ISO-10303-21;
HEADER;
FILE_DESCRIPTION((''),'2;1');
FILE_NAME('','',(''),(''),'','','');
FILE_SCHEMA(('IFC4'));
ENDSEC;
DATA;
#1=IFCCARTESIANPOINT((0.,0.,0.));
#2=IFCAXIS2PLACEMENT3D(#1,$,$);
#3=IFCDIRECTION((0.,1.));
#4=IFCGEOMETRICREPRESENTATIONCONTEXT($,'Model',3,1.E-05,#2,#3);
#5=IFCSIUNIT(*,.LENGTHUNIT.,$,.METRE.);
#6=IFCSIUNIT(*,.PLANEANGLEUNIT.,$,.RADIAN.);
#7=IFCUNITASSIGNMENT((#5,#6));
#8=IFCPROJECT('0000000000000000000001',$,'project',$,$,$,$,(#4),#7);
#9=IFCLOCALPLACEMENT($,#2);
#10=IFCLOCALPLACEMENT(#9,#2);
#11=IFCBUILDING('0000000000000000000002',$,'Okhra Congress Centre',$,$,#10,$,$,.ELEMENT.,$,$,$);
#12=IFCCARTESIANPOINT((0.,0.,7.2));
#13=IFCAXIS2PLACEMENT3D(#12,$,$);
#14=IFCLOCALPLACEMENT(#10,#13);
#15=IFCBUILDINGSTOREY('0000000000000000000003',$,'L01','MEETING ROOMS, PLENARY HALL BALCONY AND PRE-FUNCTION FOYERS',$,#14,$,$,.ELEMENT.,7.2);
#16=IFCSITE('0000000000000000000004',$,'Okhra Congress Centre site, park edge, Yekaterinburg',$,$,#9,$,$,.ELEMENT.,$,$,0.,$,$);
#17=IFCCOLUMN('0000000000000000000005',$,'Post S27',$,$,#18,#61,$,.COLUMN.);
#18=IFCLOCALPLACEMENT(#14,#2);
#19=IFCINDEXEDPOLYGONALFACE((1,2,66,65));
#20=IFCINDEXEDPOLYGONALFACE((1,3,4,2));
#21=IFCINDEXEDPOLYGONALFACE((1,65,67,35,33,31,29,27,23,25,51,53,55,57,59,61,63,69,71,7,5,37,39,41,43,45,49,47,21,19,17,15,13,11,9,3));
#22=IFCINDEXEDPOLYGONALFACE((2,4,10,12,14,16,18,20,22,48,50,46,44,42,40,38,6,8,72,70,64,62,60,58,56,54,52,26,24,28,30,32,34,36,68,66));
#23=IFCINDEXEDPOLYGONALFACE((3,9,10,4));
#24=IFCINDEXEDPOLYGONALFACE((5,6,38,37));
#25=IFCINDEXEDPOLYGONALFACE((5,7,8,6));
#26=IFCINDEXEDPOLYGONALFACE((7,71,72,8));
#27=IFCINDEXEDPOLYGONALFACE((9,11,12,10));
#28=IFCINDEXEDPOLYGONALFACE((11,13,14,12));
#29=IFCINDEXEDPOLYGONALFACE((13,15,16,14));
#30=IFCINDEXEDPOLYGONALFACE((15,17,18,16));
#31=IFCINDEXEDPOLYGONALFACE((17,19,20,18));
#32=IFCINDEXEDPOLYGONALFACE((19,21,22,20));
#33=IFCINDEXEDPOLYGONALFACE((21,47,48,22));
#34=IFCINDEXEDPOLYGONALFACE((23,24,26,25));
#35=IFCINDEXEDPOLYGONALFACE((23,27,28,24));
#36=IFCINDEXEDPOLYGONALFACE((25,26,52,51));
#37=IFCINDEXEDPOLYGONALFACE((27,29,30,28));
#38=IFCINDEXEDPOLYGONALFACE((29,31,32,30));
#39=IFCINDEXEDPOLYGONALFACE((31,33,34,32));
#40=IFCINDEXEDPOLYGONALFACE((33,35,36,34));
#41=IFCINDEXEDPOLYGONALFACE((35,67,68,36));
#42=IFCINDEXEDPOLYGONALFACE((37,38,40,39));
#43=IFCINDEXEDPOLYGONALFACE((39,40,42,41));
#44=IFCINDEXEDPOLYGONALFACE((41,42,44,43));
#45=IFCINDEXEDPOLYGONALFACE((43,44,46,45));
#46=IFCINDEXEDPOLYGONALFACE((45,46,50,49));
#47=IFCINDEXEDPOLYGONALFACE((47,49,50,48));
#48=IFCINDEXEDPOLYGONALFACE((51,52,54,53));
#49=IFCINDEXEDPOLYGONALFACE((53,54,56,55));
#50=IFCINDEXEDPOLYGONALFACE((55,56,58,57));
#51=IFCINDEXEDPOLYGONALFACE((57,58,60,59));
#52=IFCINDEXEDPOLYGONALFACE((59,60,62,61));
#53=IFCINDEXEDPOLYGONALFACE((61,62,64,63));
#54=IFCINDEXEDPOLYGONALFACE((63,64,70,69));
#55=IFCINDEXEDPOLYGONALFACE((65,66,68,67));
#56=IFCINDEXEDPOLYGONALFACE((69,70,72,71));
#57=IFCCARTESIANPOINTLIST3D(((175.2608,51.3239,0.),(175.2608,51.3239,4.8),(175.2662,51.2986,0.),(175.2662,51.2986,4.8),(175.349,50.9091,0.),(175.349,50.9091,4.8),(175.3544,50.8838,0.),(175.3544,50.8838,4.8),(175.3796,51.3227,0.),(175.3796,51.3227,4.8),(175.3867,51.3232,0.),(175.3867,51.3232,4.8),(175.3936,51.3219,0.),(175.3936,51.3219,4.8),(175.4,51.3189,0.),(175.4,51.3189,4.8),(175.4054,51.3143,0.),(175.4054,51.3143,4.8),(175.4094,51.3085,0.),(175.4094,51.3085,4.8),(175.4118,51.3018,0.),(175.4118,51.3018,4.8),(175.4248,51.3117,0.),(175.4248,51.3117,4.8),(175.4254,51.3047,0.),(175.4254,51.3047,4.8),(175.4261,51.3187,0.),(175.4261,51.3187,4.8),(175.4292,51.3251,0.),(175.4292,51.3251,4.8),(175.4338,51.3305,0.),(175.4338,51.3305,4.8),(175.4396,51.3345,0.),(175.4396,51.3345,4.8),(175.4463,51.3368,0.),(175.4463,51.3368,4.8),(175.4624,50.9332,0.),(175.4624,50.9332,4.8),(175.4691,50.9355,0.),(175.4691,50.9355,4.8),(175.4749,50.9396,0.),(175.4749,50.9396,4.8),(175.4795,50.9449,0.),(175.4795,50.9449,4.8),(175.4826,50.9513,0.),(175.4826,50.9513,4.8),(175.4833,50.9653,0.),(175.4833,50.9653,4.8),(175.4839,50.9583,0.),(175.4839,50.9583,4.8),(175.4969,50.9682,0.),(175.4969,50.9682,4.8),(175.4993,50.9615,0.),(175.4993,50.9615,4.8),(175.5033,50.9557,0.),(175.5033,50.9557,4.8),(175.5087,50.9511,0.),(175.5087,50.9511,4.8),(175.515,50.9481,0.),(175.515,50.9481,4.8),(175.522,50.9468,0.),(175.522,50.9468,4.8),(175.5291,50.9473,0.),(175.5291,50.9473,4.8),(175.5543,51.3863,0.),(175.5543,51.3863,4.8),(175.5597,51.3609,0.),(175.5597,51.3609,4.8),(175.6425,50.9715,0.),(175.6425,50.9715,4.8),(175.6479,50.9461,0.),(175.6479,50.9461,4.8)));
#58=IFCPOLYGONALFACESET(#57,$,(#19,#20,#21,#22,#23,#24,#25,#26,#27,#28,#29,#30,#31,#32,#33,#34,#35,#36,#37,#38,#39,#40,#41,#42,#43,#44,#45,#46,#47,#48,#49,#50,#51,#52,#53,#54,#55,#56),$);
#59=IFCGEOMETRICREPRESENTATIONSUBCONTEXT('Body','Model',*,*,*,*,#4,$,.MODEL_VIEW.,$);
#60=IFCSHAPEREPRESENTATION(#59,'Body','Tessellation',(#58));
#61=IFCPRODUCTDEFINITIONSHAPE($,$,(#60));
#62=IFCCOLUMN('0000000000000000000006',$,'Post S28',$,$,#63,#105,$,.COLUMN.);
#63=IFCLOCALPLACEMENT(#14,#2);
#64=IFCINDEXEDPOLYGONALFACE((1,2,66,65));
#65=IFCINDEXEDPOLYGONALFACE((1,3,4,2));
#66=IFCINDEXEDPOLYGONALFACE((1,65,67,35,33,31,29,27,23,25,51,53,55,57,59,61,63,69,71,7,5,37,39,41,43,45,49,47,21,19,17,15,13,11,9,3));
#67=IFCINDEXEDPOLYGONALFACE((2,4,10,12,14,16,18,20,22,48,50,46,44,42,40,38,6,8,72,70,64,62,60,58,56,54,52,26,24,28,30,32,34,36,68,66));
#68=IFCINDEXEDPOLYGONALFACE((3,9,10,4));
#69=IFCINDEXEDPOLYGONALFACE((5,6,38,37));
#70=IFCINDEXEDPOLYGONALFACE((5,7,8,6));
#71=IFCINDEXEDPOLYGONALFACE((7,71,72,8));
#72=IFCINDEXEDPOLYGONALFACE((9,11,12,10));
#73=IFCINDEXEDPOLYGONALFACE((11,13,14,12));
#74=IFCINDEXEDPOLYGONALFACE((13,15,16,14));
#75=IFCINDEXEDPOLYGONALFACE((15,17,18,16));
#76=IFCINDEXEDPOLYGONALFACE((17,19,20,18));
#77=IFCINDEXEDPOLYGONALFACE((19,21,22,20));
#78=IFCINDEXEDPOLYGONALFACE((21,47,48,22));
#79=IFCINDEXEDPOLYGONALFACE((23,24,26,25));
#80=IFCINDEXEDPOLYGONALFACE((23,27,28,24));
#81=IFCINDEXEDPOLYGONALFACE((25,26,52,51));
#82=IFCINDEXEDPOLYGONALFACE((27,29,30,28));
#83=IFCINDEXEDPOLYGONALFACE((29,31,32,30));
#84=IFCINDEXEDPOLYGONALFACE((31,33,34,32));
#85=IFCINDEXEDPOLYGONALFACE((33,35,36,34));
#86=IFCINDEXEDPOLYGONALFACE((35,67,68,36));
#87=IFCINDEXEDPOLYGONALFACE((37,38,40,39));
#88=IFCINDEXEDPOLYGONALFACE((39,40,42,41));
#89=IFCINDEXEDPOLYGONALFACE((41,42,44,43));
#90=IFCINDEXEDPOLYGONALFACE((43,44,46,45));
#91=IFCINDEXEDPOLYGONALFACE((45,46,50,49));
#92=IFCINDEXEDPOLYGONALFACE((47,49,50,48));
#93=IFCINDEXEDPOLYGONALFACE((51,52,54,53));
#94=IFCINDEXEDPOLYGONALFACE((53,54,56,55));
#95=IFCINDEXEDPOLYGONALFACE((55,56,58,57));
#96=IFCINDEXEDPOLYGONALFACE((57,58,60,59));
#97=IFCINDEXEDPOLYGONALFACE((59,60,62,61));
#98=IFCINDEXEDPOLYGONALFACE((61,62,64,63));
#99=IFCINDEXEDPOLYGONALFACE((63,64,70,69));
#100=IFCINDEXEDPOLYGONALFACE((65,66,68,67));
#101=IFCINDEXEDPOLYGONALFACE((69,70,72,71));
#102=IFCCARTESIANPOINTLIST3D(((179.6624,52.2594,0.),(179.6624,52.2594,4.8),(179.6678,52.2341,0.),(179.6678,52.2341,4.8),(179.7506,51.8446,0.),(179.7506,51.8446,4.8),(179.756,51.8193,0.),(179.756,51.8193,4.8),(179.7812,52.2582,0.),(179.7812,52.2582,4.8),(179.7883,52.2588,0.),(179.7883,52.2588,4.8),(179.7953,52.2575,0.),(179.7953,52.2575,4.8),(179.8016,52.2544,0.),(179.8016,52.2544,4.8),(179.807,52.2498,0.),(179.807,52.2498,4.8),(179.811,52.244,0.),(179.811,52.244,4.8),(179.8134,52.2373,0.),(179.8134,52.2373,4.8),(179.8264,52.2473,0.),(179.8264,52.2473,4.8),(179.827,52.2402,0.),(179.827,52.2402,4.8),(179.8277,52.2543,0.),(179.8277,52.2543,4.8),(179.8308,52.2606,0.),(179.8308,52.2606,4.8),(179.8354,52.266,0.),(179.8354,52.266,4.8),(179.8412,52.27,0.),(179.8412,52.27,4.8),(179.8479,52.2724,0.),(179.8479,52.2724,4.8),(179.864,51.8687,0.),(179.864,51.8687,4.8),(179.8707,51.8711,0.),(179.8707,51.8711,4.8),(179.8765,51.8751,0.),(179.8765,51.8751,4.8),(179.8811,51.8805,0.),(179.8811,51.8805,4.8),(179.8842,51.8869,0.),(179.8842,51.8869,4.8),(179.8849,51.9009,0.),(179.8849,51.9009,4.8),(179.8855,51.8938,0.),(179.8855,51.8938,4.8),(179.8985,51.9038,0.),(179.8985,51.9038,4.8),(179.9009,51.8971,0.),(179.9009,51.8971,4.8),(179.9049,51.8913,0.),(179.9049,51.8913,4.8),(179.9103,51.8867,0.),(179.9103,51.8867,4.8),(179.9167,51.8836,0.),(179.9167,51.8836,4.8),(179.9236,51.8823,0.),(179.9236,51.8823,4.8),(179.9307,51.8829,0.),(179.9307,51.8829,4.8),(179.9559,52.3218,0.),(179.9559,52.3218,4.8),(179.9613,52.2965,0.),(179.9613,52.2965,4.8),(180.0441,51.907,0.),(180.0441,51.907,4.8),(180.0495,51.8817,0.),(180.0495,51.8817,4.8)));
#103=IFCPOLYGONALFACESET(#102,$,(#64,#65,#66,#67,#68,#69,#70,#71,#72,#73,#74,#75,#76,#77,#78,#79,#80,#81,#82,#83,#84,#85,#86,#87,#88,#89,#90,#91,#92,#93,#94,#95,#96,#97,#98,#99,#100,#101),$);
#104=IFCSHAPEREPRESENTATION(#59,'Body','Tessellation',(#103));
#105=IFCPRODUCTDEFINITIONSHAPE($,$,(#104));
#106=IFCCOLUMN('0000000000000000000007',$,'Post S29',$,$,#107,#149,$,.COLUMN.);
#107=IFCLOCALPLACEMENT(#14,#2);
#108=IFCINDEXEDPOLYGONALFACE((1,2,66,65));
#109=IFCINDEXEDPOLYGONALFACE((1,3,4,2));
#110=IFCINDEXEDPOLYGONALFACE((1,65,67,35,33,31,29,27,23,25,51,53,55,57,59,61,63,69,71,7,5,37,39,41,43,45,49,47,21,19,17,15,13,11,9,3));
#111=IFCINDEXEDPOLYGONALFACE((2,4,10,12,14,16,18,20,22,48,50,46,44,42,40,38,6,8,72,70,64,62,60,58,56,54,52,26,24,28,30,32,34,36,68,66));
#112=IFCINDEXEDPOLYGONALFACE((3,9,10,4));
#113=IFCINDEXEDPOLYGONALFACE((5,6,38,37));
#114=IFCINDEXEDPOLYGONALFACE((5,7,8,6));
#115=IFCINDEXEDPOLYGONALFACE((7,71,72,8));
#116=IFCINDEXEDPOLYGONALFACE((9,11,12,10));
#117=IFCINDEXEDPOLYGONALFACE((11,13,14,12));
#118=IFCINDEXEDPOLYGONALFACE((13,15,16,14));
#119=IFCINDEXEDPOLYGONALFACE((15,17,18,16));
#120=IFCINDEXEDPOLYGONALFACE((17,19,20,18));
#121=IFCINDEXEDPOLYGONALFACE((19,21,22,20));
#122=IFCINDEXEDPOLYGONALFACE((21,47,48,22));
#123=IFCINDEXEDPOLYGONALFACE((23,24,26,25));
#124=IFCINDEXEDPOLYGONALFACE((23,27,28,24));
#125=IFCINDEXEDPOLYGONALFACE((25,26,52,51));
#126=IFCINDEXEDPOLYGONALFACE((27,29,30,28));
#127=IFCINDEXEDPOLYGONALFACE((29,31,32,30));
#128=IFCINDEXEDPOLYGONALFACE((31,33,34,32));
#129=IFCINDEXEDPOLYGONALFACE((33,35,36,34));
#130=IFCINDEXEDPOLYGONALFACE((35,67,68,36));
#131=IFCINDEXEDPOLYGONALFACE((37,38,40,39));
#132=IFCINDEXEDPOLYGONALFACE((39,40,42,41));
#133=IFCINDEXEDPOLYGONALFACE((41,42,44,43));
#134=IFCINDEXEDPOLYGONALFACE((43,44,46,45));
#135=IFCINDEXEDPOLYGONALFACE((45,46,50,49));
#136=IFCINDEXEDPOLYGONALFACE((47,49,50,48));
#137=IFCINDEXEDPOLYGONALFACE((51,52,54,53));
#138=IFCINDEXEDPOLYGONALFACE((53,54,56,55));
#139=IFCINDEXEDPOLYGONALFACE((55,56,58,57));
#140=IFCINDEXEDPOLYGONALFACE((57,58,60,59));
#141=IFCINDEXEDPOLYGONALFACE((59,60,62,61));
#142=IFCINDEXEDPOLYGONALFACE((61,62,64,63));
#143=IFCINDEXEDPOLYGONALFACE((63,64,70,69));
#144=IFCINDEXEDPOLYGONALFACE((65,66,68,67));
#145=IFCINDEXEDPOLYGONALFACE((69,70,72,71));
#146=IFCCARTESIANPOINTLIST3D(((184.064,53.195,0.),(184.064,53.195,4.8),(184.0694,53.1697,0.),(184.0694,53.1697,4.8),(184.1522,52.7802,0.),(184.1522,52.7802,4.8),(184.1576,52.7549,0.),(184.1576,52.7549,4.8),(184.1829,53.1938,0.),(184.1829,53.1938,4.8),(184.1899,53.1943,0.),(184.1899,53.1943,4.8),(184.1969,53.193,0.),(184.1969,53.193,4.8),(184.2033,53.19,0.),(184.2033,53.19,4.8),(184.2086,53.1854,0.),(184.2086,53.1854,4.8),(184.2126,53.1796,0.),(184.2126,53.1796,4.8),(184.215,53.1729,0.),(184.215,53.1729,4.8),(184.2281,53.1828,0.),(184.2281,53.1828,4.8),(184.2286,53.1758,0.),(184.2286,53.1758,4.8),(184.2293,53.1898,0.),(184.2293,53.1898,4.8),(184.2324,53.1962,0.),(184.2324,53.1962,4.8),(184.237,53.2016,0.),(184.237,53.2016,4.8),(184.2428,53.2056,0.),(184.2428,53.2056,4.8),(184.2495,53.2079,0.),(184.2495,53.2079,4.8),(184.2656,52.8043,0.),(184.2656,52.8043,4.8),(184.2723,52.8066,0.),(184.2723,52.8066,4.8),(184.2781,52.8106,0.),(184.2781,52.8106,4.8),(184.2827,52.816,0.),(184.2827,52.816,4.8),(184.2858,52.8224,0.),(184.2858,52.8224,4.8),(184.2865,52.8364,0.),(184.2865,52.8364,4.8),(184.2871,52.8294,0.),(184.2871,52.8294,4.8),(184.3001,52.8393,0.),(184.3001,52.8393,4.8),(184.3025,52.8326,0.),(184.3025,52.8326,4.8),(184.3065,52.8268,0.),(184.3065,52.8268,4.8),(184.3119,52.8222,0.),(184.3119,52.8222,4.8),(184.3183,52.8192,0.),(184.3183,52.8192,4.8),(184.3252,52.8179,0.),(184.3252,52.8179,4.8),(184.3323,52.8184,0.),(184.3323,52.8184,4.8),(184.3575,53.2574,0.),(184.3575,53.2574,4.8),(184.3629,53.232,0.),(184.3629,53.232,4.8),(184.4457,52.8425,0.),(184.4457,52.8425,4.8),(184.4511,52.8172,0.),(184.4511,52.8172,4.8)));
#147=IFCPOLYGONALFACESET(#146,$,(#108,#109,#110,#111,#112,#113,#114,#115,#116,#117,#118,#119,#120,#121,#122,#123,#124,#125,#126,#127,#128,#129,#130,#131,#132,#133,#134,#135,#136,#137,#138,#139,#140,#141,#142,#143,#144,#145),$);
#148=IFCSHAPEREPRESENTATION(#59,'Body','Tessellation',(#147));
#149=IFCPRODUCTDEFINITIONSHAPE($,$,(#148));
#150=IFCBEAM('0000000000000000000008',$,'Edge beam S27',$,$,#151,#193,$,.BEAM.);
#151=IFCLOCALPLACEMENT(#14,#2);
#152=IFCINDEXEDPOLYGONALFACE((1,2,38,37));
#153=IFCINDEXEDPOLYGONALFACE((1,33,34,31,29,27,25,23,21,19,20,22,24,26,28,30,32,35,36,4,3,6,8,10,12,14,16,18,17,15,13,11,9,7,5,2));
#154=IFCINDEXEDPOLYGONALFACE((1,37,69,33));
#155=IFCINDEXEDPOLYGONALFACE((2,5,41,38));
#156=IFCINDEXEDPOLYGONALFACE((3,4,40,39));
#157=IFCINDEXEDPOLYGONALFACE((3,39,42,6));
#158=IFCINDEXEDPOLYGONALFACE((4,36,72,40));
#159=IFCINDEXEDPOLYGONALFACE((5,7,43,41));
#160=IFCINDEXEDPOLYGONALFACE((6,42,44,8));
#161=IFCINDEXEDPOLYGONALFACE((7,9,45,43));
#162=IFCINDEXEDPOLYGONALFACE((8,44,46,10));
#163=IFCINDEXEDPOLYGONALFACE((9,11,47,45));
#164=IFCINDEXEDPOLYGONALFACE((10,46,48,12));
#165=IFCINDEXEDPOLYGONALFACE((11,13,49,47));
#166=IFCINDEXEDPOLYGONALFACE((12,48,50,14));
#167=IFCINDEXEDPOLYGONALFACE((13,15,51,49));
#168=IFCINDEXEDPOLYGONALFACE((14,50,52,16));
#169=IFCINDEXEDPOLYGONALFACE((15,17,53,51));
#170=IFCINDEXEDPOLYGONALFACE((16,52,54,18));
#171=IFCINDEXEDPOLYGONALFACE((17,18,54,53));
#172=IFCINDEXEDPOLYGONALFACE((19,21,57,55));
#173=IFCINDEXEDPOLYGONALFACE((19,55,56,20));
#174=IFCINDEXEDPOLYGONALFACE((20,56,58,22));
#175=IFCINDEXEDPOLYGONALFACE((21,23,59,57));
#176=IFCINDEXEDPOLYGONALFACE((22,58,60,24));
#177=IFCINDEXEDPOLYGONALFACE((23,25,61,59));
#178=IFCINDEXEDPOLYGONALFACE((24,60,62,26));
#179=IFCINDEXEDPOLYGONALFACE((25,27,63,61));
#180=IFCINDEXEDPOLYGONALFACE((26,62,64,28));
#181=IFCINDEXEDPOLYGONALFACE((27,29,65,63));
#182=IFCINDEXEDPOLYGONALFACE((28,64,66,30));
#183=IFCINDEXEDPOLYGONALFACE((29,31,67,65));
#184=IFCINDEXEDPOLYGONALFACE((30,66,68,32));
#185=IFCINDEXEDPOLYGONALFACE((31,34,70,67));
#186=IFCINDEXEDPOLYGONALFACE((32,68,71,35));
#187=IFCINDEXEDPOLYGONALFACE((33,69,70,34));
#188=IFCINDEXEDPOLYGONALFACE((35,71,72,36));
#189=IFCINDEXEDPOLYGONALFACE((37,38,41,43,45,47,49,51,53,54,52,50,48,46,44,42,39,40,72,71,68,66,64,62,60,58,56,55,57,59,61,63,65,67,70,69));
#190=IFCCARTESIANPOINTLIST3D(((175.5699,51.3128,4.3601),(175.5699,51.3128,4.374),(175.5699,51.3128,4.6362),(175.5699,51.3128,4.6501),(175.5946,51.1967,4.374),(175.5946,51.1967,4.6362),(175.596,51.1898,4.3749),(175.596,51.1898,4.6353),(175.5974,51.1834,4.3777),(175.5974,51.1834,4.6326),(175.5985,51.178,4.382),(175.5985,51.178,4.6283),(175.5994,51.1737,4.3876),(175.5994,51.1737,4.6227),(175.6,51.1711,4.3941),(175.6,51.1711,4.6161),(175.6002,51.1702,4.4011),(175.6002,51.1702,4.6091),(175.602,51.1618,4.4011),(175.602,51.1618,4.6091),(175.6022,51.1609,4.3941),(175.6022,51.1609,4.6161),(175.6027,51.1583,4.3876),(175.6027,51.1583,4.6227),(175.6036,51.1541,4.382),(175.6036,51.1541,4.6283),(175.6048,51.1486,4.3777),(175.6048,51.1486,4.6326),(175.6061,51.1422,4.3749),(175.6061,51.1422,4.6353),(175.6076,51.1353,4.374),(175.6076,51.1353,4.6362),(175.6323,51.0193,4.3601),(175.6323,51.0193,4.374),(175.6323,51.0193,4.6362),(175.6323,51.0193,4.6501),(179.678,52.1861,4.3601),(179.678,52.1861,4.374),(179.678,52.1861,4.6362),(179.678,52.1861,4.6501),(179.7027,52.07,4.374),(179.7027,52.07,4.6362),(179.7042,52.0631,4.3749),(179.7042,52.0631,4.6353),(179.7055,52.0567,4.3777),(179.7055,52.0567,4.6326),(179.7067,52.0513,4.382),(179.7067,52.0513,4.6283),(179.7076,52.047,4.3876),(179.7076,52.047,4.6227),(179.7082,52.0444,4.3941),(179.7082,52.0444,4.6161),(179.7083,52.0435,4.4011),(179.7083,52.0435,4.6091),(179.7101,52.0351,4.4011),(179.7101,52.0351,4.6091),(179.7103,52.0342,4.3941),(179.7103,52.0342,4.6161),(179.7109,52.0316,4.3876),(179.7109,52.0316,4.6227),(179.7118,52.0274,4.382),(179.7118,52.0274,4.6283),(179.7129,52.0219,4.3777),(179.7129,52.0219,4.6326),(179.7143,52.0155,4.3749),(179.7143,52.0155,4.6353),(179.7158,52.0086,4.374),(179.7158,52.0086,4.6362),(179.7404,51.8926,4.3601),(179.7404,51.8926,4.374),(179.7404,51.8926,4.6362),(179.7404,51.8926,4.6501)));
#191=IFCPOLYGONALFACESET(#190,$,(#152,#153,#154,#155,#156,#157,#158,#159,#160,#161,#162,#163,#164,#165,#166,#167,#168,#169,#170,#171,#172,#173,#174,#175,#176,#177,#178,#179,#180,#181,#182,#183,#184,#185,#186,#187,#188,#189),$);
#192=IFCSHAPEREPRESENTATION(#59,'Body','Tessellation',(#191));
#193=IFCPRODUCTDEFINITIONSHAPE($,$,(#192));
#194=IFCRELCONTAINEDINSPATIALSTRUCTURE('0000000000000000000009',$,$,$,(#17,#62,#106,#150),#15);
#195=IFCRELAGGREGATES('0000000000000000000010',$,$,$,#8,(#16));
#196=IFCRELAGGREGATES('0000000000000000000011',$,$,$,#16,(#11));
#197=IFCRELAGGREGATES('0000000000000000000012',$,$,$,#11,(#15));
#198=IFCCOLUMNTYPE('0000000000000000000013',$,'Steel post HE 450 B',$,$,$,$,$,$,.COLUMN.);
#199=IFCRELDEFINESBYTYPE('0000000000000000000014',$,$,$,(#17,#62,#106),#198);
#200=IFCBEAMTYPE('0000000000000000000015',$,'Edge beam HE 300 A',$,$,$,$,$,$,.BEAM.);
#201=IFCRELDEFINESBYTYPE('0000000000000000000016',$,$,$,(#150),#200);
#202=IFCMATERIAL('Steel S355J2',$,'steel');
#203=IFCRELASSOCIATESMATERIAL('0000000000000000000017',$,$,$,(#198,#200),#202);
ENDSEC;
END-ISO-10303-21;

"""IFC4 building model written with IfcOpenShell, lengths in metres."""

from ifc_helpers import new_model, si_unit, direction, frame, origin, origin_2d, place, context, subcontext, project, spatial, i_section, extrude, material, material_profile, profile_set, type_object, element, save


model = new_model("IFC4")

# Units and contexts
model_context = context("Model", 3, precision=1e-05, world=origin(), true_north=direction((0.0, 1.0)))
body_context = subcontext(model_context, "Body", "Model", "MODEL_VIEW")
ifc_project = project(units=[si_unit("LENGTHUNIT", "METRE"), si_unit("PLANEANGLEUNIT", "RADIAN")], contexts=[model_context])

# Site, building, storey
site_placement = place(None, origin())
site = spatial("IfcSite", under=ifc_project, at=site_placement, Name="Okhra Congress Centre site, park edge, Yekaterinburg", CompositionType="ELEMENT", RefElevation=0.0)
building_placement = place(site_placement, origin())
building = spatial("IfcBuilding", under=site, at=building_placement, Name="Okhra Congress Centre", CompositionType="ELEMENT")
storey_placement = place(building_placement, frame((0.0, 0.0, 7.2)))
storey = spatial("IfcBuildingStorey", under=building, at=storey_placement, Name="L01", Description="MEETING ROOMS, PLENARY HALL BALCONY AND PRE-FUNCTION FOYERS", CompositionType="ELEMENT", Elevation=7.2)

# Columns
ifc_material_1 = material(Name="Steel S355J2", Category="steel")
ifc_material_profile_1 = material_profile(ifc_material_1, i_section(OverallWidth=0.3, OverallDepth=0.45, WebThickness=0.0139, FlangeThickness=0.0259, FilletRadius=0.0271, at=origin_2d()), Name="HE 450 B")
ifc_profile_set_1 = profile_set([ifc_material_profile_1], Name="Steel S355J2")
column_type = type_object("IfcColumnType", Name="Steel post HE 450 B", PredefinedType="COLUMN", material=ifc_profile_set_1)
for number, where, z_axis, x_axis, name in (
    (1, (175.4543, 51.135, 0.0), (0.0, 0.0, 1.0), (0.978148, 0.207912, 0.0), "Post S27"),
    (2, (179.856, 52.0706, 0.0), (0.0, 0.0, 1.0), (0.978148, 0.207912, 0.0), "Post S28"),
    (3, (184.2576, 53.0061, 0.0), (0.0, 0.0, 1.0), (0.978148, 0.207912, 0.0), "Post S29"),
):
    element("IfcColumn", number, at=place(storey_placement, frame(where, z_axis=z_axis, x_axis=x_axis)), inside=storey, type_object=column_type, Name=name, PredefinedType="COLUMN", context=body_context, shape_type="SweptSolid", body=[
        extrude(i_section(OverallWidth=0.3, OverallDepth=0.45, WebThickness=0.0139, FlangeThickness=0.0259, FilletRadius=0.0271, at=origin_2d()), origin(), (0.0, 0.0, 1.0), 4.8),
    ])

# Beam
ifc_material_profile_2 = material_profile(ifc_material_1, i_section(OverallWidth=0.3, OverallDepth=0.29, WebThickness=0.0085, FlangeThickness=0.0139, FilletRadius=0.0271, at=origin_2d()), Name="HE 300 A")
ifc_profile_set_2 = profile_set([ifc_material_profile_2], Name="Steel S355J2")
beam_type_1 = type_object("IfcBeamType", Name="Edge beam HE 300 A", PredefinedType="BEAM", material=ifc_profile_set_2)
for number, where, z_axis, x_axis, name in (
    (4, (175.6011, 51.166, 4.5051), (0.978144, 0.207929, 0.0), (-0.207929, 0.978144, 0.0), "Edge beam S27"),
):
    element("IfcBeam", number, at=place(storey_placement, frame(where, z_axis=z_axis, x_axis=x_axis)), inside=storey, type_object=beam_type_1, Name=name, PredefinedType="BEAM", context=body_context, shape_type="SweptSolid", body=[
        extrude(i_section(OverallWidth=0.3, OverallDepth=0.29, WebThickness=0.0085, FlangeThickness=0.0139, FilletRadius=0.0271, at=origin_2d()), origin(), (0.0, 0.0, 1.0), 4.2),
    ])

save(model, "model.ifc")
